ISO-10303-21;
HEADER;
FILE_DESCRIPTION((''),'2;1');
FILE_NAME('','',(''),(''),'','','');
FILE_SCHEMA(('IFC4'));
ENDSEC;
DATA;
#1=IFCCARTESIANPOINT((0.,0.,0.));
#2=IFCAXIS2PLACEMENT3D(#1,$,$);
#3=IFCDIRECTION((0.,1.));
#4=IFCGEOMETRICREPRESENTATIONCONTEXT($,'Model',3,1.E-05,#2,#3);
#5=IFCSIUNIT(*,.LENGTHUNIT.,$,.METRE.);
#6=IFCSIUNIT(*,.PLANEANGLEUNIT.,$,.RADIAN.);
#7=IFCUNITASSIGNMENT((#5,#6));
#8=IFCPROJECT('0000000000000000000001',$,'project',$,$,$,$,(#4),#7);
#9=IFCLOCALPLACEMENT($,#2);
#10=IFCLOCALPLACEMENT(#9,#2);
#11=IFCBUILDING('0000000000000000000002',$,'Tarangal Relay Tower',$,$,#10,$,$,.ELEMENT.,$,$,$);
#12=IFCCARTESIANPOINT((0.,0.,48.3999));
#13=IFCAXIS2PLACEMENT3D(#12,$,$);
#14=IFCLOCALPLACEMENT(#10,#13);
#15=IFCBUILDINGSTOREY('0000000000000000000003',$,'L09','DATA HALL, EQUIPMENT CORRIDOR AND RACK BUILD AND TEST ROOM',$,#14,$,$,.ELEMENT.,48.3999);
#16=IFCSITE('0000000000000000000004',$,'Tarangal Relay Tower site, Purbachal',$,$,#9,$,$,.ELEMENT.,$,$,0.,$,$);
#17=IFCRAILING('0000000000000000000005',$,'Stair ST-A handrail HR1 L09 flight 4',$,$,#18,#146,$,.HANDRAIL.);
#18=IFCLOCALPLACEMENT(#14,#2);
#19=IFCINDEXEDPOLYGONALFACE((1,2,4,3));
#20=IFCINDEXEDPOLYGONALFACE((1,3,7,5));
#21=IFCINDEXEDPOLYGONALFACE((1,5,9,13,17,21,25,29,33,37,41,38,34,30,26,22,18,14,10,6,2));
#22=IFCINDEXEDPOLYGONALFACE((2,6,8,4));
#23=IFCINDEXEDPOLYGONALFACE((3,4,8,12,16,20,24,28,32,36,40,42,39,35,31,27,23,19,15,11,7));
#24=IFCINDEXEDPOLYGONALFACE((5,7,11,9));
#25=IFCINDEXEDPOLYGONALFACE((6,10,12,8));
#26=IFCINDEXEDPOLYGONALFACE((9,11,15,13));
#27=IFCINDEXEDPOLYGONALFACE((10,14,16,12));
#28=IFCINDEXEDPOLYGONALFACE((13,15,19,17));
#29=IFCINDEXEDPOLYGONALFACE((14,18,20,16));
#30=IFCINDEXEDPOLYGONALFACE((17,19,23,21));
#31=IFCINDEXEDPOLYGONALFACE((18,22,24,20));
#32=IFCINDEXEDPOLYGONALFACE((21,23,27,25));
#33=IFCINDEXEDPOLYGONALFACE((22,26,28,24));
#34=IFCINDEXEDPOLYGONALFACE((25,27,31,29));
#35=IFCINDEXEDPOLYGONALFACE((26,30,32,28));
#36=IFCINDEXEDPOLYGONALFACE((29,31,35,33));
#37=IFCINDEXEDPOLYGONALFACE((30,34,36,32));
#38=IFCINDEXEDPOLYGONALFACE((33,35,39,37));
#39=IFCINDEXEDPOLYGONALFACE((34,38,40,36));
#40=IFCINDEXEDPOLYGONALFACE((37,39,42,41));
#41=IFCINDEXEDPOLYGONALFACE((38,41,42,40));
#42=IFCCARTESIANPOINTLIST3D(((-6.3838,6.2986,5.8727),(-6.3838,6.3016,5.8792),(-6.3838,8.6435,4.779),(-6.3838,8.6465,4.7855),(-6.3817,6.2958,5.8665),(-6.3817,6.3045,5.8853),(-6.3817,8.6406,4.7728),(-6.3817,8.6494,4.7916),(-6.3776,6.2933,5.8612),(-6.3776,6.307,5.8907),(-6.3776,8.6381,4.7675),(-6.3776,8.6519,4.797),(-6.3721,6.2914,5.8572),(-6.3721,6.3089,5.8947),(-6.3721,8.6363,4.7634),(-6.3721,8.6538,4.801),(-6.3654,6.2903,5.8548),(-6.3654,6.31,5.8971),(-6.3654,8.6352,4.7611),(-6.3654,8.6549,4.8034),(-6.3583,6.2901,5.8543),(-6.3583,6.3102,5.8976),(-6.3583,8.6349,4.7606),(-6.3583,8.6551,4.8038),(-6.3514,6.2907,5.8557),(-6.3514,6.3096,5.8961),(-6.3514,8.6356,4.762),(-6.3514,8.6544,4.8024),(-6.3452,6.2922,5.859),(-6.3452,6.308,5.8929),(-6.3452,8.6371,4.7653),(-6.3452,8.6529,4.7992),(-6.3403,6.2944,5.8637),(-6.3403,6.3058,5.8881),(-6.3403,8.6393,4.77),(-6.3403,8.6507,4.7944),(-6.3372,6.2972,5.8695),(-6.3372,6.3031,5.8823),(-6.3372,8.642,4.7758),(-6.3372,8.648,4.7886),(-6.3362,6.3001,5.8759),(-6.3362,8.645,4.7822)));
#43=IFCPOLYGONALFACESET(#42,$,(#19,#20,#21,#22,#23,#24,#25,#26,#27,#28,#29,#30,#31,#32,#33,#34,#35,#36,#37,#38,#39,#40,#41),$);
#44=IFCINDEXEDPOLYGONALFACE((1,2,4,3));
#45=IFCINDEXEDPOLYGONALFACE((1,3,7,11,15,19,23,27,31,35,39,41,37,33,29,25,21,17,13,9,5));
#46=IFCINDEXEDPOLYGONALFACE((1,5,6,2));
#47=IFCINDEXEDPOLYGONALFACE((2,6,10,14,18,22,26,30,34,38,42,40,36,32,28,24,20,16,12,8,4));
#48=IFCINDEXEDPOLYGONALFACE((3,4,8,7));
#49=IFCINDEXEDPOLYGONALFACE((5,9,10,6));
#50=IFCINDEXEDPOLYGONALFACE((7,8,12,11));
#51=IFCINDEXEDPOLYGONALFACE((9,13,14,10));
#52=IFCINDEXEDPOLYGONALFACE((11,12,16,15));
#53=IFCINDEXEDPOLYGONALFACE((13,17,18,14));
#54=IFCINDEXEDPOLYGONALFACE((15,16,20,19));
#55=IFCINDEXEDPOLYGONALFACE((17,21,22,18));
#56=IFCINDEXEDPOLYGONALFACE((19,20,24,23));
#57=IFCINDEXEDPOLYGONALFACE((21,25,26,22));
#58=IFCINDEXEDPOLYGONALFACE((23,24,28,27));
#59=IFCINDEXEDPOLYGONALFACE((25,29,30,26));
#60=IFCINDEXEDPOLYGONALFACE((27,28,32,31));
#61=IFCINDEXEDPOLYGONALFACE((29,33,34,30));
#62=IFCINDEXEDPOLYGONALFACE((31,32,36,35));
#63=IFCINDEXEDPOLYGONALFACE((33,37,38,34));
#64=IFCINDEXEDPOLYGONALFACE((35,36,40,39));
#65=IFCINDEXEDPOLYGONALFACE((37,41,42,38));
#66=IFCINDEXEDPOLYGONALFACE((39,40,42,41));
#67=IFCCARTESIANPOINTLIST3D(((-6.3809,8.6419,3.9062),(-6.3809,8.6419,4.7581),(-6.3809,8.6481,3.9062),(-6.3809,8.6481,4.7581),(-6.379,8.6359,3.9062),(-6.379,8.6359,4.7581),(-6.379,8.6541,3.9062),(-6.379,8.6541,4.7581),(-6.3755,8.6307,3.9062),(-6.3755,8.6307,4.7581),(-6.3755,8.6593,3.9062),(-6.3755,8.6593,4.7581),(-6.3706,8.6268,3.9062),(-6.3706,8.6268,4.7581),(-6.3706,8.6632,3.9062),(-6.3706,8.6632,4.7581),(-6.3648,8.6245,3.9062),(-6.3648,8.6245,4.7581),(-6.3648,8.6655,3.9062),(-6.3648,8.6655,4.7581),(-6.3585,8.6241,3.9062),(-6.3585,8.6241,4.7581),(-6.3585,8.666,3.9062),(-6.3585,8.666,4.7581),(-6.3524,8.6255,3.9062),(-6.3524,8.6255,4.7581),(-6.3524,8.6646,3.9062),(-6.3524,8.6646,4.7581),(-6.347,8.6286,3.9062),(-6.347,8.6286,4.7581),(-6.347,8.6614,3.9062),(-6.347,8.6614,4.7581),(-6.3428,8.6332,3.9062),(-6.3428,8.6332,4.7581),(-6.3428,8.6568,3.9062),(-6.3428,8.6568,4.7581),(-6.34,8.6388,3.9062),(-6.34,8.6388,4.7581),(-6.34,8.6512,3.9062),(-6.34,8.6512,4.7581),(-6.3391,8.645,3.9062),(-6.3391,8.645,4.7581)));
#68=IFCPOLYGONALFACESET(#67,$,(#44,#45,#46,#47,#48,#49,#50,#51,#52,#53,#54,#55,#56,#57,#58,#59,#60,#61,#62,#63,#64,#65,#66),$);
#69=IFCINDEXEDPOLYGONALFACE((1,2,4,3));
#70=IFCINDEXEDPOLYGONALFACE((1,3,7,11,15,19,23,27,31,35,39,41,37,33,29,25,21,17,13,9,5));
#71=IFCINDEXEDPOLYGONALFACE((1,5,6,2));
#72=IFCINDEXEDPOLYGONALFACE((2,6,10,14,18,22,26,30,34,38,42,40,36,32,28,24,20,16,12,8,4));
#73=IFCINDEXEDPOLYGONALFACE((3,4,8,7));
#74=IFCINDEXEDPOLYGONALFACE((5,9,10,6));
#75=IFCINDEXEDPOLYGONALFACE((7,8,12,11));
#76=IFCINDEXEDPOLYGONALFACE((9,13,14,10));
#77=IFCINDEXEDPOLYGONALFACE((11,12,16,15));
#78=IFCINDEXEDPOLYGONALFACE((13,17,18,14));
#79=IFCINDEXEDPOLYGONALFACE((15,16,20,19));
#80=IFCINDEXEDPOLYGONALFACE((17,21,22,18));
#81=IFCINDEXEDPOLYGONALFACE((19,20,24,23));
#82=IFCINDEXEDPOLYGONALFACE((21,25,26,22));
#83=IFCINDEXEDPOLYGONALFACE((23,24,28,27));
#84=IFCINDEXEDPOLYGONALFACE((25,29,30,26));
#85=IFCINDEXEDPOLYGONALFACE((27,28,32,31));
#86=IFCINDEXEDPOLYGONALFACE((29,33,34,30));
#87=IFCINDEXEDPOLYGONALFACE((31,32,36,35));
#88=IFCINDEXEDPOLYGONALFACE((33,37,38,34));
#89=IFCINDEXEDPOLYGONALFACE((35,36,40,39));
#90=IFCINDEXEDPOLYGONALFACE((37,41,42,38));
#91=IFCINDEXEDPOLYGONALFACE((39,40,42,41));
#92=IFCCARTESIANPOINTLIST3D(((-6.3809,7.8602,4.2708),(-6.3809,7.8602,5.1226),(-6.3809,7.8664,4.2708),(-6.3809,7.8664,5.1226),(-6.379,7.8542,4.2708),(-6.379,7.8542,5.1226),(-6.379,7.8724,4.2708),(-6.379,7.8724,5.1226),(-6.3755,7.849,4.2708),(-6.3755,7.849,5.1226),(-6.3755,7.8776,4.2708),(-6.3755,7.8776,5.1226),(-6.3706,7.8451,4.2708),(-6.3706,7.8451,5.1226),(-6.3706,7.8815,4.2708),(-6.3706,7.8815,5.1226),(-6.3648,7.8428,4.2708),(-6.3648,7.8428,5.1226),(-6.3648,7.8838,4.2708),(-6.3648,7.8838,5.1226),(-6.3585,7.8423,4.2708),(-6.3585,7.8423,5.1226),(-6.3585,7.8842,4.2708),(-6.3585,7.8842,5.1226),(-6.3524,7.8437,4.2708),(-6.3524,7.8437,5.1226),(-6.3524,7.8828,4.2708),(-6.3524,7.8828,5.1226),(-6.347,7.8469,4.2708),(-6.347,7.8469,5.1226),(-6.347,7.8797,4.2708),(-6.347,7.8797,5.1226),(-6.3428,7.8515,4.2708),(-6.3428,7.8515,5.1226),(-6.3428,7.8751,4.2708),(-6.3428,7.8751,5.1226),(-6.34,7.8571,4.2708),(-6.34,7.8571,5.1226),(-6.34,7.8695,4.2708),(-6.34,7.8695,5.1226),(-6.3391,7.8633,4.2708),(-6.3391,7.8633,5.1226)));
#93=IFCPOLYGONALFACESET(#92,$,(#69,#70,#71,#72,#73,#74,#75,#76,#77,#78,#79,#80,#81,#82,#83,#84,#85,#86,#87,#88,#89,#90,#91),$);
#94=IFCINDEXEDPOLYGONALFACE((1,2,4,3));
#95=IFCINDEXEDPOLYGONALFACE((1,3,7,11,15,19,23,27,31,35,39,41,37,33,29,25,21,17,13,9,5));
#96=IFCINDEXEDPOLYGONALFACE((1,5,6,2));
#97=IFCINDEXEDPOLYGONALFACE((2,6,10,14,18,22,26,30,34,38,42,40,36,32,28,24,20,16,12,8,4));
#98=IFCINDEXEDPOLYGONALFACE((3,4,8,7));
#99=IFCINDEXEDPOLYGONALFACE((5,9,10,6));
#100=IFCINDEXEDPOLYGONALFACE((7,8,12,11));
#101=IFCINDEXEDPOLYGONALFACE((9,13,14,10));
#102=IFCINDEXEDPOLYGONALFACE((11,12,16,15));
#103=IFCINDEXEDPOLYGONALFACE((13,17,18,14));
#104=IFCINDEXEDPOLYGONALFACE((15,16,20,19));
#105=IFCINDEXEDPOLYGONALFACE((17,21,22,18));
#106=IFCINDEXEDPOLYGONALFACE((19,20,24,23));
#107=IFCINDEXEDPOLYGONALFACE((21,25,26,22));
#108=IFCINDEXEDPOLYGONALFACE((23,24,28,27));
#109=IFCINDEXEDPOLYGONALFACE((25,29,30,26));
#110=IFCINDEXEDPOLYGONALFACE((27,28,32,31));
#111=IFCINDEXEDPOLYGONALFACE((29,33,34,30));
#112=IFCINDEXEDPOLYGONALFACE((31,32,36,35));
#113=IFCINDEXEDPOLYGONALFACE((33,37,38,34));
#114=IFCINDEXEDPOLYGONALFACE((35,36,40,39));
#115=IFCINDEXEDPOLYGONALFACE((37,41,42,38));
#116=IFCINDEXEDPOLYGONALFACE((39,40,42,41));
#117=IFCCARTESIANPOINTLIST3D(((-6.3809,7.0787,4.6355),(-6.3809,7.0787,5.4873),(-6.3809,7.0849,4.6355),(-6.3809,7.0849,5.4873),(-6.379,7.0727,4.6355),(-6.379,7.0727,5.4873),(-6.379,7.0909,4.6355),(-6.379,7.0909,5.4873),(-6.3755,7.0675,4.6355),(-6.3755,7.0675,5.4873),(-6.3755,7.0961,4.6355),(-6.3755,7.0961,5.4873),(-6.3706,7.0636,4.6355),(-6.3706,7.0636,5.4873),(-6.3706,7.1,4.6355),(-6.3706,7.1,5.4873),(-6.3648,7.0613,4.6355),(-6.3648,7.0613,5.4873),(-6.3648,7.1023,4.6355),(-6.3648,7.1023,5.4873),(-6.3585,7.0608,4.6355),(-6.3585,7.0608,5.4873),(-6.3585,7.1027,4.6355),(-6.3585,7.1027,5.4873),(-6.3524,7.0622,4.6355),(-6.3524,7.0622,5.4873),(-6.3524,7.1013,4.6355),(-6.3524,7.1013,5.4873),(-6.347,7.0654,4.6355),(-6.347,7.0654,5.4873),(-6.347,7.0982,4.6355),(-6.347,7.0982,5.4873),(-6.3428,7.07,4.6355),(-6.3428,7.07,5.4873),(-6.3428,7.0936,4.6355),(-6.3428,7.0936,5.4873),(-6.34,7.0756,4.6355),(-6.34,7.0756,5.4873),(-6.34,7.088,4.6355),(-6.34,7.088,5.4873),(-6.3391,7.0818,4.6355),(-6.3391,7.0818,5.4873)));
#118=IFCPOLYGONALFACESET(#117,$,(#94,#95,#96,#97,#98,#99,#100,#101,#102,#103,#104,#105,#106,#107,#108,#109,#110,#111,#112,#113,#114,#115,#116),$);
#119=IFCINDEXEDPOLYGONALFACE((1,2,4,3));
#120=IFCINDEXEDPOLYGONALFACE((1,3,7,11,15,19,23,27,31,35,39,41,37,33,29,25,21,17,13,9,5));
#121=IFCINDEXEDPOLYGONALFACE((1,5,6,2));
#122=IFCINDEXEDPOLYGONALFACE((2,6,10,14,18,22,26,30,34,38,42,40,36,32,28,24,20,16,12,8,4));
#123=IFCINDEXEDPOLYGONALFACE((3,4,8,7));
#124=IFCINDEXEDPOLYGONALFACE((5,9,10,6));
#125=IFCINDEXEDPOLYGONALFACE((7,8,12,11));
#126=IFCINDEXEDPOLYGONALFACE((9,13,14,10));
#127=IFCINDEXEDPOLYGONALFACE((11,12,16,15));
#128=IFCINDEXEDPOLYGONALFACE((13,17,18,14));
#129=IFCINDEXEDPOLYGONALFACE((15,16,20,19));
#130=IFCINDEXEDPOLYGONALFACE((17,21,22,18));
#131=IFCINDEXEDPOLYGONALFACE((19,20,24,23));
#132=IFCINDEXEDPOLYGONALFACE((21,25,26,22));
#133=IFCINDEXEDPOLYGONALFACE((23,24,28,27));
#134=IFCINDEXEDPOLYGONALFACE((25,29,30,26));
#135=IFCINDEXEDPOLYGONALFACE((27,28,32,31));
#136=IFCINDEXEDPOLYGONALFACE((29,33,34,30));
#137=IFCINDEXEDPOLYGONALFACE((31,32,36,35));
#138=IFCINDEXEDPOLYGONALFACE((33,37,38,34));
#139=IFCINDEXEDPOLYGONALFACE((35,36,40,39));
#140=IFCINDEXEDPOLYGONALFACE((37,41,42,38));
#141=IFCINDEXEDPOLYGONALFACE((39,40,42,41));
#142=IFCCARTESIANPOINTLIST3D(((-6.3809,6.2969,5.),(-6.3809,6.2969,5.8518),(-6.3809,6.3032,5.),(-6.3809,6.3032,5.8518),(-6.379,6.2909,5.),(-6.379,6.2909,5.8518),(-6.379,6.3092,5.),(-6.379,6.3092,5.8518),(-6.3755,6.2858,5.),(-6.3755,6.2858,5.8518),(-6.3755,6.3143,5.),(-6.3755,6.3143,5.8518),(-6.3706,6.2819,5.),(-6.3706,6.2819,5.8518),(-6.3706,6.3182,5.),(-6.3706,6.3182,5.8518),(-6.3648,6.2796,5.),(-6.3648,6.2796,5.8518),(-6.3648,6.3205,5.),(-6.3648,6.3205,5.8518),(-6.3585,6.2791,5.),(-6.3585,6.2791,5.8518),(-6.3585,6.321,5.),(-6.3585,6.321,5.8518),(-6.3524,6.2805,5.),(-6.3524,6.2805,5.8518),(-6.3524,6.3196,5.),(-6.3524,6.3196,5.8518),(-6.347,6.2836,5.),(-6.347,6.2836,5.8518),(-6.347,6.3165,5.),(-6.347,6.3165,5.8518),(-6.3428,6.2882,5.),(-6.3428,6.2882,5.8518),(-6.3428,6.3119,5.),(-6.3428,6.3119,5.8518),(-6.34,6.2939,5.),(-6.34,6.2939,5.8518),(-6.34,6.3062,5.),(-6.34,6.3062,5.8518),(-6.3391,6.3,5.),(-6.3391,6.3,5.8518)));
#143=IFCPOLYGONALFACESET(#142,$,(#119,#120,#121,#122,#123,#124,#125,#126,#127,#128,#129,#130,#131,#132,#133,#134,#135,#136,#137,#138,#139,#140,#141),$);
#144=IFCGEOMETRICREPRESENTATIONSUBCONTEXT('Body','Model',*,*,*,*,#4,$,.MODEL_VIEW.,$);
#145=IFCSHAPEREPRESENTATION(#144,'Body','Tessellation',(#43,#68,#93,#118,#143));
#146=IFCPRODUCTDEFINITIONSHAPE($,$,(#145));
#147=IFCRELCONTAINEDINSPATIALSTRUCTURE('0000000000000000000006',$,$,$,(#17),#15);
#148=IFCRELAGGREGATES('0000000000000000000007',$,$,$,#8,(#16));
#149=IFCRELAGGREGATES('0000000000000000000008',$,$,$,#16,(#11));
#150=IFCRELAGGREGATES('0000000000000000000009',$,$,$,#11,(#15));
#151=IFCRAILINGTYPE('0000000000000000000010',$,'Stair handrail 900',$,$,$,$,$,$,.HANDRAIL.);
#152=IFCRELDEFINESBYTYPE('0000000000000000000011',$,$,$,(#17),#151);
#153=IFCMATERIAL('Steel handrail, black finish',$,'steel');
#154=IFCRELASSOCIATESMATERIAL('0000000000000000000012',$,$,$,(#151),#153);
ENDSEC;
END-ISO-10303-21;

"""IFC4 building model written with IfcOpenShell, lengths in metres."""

from ifc_helpers import new_model, si_unit, direction, frame, origin, origin_2d, place, context, subcontext, project, spatial, circle, extrude, material, type_object, element, save


model = new_model("IFC4")

# Units and contexts
model_context = context("Model", 3, precision=1e-05, world=origin(), true_north=direction((0.0, 1.0)))
body_context = subcontext(model_context, "Body", "Model", "MODEL_VIEW")
ifc_project = project(units=[si_unit("LENGTHUNIT", "METRE"), si_unit("PLANEANGLEUNIT", "RADIAN")], contexts=[model_context])

# Site, building, storey
site_placement = place(None, origin())
site = spatial("IfcSite", under=ifc_project, at=site_placement, Name="Tarangal Relay Tower site, Purbachal", CompositionType="ELEMENT", RefElevation=0.0)
building_placement = place(site_placement, origin())
building = spatial("IfcBuilding", under=site, at=building_placement, Name="Tarangal Relay Tower", CompositionType="ELEMENT")
storey_placement = place(building_placement, frame((0.0, 0.0, 48.3999)))
storey = spatial("IfcBuildingStorey", under=building, at=storey_placement, Name="L09", Description="DATA HALL, EQUIPMENT CORRIDOR AND RACK BUILD AND TEST ROOM", CompositionType="ELEMENT", Elevation=48.3999)

# Railing
ifc_material_1 = material(Name="Steel handrail, black finish", Category="steel")
railing_type_1 = type_object("IfcRailingType", Name="Stair handrail 900", PredefinedType="HANDRAIL", material=ifc_material_1)
for number, where, name in (
    (1, (-6.3601, 8.645, 3.9062), "Stair ST-A handrail HR1 L09 flight 4"),
):
    element("IfcRailing", number, at=place(storey_placement, frame(where)), inside=storey, type_object=railing_type_1, Name=name, PredefinedType="HANDRAIL", context=body_context, shape_type="SweptSolid", body=[
        extrude(circle(Radius=0.0239, at=origin_2d()), frame((0.0, 0.0, 0.876), z_axis=(0.0, -0.906267, 0.422705), x_axis=(1.0, 0.0, 0.0)), (0.0, 0.0, 1.0), 2.5874),
        extrude(circle(Radius=0.021, at=origin_2d()), origin(), (0.0, 0.0, 1.0), 0.8518),
        extrude(circle(Radius=0.021, at=origin_2d()), frame((0.0, -0.7817, 0.3645)), (0.0, 0.0, 1.0), 0.8518),
        extrude(circle(Radius=0.021, at=origin_2d()), frame((0.0, -1.5632, 0.7292)), (0.0, 0.0, 1.0), 0.8518),
        extrude(circle(Radius=0.021, at=origin_2d()), frame((0.0, -2.345, 1.0938)), (0.0, 0.0, 1.0), 0.8518),
    ])

save(model, "model.ifc")
